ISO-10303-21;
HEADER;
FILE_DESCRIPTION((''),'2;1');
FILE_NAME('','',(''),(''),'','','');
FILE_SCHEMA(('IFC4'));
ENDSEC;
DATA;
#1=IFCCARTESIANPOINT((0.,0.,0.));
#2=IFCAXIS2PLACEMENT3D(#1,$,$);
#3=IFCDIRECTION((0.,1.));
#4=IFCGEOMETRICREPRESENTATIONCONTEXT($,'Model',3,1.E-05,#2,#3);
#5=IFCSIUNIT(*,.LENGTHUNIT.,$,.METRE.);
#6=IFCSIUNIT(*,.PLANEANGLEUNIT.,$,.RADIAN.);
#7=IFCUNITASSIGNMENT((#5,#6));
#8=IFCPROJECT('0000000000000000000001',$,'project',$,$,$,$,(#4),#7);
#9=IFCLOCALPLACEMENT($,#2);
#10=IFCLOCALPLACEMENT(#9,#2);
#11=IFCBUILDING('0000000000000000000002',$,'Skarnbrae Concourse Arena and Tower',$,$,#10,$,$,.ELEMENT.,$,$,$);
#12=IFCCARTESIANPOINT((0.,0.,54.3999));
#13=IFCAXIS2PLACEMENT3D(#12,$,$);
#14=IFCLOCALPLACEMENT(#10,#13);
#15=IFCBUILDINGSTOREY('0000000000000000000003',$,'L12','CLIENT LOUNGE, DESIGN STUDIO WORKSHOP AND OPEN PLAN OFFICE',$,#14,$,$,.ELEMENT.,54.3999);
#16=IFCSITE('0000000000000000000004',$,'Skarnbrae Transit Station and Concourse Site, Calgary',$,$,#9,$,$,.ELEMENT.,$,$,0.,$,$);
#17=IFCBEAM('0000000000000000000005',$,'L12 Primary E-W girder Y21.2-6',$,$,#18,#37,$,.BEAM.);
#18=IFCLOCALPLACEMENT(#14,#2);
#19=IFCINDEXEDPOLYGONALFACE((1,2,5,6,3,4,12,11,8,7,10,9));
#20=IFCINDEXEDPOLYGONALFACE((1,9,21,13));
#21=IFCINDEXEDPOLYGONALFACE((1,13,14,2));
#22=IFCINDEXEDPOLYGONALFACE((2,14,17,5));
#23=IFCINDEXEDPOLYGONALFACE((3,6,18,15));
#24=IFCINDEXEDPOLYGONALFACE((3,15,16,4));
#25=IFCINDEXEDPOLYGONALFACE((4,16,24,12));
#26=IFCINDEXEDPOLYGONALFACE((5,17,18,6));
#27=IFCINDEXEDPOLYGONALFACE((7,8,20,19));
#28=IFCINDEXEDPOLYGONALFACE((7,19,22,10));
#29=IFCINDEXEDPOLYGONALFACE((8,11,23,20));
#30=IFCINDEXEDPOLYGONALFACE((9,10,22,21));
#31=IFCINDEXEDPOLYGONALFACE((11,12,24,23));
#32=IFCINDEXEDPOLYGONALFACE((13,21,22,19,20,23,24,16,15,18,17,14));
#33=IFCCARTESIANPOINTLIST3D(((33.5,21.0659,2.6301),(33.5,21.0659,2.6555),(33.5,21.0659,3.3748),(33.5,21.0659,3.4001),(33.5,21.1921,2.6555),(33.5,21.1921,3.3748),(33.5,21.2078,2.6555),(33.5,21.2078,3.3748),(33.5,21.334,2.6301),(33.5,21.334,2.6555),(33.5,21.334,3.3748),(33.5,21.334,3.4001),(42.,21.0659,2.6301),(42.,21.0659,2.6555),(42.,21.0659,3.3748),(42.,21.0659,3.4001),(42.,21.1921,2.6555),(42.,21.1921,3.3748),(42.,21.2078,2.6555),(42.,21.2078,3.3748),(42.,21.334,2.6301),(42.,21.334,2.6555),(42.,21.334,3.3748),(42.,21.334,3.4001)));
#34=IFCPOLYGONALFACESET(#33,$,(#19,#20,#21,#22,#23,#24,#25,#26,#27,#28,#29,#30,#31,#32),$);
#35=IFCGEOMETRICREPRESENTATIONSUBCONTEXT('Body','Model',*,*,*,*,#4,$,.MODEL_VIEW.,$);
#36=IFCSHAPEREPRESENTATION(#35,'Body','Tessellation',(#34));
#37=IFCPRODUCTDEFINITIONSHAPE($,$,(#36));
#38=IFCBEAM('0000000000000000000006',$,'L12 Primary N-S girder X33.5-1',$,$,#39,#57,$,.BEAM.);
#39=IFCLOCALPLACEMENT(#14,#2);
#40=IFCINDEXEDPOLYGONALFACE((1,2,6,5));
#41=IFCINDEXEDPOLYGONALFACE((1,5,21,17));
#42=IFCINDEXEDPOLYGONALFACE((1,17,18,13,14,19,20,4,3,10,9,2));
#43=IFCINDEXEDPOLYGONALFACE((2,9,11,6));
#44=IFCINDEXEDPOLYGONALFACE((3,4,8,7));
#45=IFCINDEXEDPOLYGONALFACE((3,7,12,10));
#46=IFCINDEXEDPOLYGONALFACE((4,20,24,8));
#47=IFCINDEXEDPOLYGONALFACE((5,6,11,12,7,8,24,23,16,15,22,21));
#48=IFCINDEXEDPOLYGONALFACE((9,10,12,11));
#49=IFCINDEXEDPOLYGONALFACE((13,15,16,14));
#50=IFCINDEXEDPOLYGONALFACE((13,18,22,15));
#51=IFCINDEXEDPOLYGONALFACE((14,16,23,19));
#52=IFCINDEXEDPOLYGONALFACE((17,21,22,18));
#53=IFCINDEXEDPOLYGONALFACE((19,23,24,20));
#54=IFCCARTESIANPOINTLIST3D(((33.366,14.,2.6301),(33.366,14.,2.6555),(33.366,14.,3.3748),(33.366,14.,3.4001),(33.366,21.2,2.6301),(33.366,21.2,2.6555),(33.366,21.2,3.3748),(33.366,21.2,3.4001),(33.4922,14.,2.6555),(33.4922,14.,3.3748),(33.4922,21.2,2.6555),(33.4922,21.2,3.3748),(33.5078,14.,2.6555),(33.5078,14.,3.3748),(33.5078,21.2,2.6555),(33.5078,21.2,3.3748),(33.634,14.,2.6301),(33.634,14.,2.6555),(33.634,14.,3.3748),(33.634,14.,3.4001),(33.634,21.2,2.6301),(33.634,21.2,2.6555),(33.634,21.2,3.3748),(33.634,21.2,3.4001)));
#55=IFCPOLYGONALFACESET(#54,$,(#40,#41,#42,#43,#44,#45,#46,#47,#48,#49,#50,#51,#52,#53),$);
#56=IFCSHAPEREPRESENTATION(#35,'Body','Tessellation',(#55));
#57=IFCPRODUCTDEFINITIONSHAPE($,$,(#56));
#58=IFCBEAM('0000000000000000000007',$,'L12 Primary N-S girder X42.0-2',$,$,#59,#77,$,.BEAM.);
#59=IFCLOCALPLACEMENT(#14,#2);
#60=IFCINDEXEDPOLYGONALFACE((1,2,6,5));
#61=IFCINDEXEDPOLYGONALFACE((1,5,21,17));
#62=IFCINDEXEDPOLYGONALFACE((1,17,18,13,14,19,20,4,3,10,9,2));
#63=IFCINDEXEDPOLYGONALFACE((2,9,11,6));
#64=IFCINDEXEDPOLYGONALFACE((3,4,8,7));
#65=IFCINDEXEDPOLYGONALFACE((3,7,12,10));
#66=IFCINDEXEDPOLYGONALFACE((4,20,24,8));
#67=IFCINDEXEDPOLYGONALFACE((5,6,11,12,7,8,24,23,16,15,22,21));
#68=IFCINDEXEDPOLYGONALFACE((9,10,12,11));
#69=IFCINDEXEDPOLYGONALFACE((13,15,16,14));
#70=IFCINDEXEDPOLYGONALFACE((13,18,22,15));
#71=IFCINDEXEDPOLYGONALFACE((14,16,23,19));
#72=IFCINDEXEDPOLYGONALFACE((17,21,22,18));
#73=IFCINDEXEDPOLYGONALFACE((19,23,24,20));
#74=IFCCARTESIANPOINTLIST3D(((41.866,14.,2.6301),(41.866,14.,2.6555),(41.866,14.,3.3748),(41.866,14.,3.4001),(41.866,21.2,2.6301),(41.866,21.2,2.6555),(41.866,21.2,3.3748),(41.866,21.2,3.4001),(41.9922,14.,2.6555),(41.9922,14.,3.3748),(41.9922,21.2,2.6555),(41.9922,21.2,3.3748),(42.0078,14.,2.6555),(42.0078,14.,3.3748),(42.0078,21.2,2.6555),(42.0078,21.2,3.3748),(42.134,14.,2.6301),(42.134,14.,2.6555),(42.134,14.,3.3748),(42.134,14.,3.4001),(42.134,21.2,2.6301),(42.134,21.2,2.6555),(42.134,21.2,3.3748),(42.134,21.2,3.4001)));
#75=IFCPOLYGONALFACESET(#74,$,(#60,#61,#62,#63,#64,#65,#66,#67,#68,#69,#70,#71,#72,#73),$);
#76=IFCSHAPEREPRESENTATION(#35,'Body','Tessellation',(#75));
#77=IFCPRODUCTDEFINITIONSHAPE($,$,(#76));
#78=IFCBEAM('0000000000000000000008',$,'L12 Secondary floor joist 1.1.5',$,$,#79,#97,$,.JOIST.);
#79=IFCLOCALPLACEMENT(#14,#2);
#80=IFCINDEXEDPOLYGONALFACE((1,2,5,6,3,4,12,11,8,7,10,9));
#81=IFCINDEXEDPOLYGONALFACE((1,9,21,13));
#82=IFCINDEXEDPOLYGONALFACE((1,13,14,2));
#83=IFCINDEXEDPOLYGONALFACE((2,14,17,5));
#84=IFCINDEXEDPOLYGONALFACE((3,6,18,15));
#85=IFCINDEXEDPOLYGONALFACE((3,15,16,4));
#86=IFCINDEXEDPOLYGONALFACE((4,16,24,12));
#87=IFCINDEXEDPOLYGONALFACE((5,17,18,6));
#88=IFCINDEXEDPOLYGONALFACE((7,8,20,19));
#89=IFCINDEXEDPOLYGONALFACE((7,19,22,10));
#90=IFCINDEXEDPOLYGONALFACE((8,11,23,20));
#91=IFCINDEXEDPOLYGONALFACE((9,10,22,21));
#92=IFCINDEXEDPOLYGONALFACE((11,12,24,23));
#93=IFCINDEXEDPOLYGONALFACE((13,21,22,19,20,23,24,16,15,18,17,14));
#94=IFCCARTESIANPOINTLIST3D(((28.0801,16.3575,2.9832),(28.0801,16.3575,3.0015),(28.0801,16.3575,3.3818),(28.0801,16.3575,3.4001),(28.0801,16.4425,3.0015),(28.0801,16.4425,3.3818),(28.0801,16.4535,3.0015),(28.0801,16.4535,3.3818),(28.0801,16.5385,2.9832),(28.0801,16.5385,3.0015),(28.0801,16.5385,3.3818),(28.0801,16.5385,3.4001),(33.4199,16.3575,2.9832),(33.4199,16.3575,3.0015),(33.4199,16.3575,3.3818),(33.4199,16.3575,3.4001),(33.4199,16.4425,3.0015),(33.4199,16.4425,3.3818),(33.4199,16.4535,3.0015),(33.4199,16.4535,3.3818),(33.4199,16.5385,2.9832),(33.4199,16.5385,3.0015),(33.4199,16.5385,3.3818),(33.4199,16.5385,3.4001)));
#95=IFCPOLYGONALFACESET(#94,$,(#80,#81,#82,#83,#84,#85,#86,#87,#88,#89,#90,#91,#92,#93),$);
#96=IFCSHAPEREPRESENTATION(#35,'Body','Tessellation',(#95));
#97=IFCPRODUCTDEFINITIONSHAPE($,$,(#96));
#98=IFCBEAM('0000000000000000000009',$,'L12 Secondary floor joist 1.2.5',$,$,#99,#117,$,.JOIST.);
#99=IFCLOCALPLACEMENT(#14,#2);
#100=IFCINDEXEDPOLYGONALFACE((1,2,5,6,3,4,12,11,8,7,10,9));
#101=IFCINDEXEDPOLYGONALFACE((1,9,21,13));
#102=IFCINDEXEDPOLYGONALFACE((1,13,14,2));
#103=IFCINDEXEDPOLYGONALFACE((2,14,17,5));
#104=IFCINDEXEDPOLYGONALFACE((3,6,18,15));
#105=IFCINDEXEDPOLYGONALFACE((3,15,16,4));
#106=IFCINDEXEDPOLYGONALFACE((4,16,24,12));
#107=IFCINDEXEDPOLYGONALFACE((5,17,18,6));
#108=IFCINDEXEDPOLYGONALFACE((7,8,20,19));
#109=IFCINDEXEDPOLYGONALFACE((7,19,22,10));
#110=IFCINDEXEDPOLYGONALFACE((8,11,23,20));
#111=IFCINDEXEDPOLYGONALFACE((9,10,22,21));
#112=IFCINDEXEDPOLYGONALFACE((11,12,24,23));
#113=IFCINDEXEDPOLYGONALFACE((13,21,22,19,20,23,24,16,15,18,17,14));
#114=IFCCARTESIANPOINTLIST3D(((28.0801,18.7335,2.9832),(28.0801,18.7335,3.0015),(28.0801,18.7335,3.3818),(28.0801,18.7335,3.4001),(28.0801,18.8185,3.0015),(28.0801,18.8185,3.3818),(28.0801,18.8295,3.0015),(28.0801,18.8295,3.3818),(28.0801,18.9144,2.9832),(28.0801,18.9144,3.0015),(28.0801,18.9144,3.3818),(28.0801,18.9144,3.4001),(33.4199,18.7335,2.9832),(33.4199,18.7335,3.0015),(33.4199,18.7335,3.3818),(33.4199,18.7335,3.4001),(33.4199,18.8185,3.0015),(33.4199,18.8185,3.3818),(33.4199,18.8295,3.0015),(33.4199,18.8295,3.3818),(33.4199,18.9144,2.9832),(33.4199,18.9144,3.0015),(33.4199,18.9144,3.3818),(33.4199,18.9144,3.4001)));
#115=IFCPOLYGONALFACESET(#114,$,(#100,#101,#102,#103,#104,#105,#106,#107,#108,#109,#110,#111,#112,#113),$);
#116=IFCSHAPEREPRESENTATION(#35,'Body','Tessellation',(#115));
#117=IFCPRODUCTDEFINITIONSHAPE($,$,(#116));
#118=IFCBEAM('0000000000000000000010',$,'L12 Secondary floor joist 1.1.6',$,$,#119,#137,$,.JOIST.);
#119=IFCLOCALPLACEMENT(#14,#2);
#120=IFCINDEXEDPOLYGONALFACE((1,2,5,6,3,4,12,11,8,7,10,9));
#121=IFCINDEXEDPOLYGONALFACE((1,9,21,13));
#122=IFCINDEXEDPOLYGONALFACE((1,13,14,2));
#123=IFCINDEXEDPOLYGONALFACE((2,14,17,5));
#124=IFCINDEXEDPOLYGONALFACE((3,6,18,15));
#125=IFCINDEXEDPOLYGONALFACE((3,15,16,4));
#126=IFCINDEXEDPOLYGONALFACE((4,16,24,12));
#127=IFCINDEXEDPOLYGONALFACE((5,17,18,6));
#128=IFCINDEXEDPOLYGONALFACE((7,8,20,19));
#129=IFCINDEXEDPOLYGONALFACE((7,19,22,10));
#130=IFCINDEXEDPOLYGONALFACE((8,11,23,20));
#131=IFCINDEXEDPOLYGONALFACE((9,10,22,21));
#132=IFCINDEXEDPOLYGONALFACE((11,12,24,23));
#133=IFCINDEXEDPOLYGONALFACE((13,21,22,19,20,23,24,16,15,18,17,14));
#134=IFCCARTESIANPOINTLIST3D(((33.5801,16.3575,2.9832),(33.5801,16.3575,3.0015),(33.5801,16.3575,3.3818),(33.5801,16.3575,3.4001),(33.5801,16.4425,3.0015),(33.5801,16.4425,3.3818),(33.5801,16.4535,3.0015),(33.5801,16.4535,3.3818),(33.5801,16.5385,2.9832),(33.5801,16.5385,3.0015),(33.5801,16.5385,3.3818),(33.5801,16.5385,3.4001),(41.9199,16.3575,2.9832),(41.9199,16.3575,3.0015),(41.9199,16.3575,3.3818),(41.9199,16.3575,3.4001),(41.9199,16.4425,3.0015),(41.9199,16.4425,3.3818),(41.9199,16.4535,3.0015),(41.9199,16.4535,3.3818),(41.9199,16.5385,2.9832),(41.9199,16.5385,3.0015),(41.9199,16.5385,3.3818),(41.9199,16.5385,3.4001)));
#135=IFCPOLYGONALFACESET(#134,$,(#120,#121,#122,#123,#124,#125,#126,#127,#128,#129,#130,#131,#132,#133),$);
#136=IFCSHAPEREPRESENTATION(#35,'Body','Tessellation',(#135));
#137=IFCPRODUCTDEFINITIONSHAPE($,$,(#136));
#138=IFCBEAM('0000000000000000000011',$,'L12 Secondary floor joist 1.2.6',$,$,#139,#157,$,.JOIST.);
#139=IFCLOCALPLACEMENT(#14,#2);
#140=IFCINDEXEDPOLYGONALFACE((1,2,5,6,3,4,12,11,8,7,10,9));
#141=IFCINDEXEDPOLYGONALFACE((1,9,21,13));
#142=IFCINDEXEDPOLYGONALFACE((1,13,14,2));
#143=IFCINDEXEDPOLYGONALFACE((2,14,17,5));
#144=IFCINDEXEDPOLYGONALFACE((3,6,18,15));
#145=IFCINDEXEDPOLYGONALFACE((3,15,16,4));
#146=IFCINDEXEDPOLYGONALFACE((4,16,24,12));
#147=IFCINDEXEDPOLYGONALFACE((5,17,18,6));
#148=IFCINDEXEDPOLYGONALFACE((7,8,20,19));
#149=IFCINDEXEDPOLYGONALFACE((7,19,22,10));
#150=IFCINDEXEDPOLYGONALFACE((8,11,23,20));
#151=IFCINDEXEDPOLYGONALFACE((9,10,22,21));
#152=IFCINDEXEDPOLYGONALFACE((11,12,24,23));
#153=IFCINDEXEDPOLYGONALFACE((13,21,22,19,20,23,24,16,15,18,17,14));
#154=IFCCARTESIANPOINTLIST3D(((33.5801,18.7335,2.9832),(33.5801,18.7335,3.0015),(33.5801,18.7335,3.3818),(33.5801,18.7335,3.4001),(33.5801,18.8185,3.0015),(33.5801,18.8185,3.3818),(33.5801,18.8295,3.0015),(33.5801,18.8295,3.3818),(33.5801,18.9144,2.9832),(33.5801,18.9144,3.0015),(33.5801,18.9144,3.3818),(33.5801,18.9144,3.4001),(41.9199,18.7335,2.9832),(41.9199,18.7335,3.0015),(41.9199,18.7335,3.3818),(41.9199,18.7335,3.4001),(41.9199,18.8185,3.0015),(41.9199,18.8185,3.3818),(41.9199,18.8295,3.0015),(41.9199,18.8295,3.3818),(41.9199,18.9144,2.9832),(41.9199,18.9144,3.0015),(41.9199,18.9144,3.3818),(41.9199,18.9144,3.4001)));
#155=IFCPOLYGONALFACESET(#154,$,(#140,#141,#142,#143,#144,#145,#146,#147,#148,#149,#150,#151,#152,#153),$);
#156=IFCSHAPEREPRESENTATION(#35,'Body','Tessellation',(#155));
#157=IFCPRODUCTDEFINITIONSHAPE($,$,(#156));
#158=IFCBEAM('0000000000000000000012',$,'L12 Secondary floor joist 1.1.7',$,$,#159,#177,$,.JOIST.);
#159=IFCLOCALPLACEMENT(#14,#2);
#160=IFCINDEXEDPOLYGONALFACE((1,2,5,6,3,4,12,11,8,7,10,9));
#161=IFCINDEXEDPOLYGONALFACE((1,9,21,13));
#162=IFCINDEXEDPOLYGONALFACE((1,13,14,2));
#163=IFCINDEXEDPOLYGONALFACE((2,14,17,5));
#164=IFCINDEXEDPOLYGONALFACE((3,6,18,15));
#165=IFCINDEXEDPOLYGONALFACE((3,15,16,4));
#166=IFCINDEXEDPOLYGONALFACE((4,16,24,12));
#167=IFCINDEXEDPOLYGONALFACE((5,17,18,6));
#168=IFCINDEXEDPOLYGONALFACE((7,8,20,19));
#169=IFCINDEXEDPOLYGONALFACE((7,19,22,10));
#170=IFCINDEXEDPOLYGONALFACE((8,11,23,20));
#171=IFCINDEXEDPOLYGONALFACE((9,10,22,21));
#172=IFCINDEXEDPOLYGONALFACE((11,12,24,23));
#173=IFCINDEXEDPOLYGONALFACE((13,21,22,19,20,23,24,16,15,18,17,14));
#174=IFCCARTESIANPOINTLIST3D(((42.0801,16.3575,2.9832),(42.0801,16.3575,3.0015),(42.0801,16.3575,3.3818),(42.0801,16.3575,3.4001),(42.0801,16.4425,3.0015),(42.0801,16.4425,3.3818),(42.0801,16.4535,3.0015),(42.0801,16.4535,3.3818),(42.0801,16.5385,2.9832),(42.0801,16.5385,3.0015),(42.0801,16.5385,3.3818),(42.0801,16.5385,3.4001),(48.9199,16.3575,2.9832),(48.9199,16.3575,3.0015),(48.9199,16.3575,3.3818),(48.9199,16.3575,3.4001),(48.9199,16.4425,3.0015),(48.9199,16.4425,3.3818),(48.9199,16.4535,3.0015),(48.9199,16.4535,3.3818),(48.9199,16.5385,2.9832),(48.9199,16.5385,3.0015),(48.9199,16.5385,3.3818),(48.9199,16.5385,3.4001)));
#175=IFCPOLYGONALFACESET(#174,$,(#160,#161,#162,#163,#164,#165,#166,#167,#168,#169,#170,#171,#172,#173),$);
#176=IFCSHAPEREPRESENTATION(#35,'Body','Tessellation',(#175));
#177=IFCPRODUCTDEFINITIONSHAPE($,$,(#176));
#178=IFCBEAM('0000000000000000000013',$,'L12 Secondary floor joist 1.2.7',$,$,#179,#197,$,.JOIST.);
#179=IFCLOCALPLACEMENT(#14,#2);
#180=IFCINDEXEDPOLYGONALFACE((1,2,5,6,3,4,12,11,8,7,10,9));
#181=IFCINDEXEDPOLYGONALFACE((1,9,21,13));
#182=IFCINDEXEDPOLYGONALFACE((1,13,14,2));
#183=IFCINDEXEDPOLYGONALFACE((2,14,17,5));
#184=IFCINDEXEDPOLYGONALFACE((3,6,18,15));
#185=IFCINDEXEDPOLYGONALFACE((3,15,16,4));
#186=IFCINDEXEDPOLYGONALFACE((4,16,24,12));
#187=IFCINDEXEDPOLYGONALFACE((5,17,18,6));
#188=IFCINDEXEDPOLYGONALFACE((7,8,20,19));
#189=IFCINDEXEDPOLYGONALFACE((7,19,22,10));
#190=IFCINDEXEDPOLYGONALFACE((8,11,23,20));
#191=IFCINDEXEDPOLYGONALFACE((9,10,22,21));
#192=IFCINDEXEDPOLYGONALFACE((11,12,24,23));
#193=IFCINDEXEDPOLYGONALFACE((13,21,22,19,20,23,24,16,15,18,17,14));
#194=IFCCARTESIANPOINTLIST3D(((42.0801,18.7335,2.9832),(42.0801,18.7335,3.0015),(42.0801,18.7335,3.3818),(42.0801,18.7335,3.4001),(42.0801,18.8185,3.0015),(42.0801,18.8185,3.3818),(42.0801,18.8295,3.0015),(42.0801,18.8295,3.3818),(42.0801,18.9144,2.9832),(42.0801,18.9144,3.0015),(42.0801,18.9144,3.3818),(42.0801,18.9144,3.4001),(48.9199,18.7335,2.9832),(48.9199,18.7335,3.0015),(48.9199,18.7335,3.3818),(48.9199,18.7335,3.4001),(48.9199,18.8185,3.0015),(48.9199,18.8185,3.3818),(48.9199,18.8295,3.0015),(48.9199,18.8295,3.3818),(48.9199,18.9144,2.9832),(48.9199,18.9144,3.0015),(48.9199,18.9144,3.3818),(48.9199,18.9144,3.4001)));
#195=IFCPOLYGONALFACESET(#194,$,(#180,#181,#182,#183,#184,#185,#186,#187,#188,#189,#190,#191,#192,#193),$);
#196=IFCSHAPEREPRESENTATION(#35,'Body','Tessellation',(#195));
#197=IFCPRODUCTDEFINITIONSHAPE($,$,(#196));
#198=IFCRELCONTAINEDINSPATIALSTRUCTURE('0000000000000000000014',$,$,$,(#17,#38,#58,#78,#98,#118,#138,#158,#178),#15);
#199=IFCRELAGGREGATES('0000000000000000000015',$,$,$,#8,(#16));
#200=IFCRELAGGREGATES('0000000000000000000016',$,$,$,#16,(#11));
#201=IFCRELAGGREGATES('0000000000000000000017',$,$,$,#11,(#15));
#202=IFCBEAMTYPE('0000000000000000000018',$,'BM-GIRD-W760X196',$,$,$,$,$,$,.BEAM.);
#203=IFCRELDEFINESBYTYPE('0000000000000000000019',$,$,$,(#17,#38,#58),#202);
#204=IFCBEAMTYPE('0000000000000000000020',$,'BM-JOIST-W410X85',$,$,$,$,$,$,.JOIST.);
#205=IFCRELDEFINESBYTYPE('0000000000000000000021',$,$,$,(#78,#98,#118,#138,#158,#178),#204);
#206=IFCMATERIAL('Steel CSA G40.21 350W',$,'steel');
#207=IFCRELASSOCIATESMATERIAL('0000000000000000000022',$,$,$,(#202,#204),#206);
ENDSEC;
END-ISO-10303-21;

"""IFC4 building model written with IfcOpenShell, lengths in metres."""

from ifc_helpers import new_model, si_unit, direction, frame, origin, origin_2d, place, context, subcontext, project, spatial, i_section, extrude, source, transform, mapped, material, material_profile, profile_set, type_object, element, save


model = new_model("IFC4")

# Units and contexts
model_context = context("Model", 3, precision=1e-05, world=origin(), true_north=direction((0.0, 1.0)))
body_context = subcontext(model_context, "Body", "Model", "MODEL_VIEW")
ifc_project = project(units=[si_unit("LENGTHUNIT", "METRE"), si_unit("PLANEANGLEUNIT", "RADIAN")], contexts=[model_context])

# Site, building, storey
site_placement = place(None, origin())
site = spatial("IfcSite", under=ifc_project, at=site_placement, Name="Skarnbrae Transit Station and Concourse Site, Calgary", CompositionType="ELEMENT", RefElevation=0.0)
building_placement = place(site_placement, origin())
building = spatial("IfcBuilding", under=site, at=building_placement, Name="Skarnbrae Concourse Arena and Tower", CompositionType="ELEMENT")
storey_placement = place(building_placement, frame((0.0, 0.0, 54.3999)))
storey = spatial("IfcBuildingStorey", under=building, at=storey_placement, Name="L12", Description="CLIENT LOUNGE, DESIGN STUDIO WORKSHOP AND OPEN PLAN OFFICE", CompositionType="ELEMENT", Elevation=54.3999)

# Shared definitions
ifc_material_1 = material(Name="Steel CSA G40.21 350W", Category="steel")

# Beams
ifc_material_profile_1 = material_profile(ifc_material_1, i_section(OverallWidth=0.2681, OverallDepth=0.77, WebThickness=0.0156, FlangeThickness=0.0254, at=origin_2d()), Name="W760X196")
ifc_profile_set_1 = profile_set([ifc_material_profile_1], Name="Steel CSA G40.21 350W")
beam_type_1 = type_object("IfcBeamType", Name="BM-GIRD-W760X196", PredefinedType="BEAM", material=ifc_profile_set_1)
shared_shape_1 = source(origin(), body_context, "Body", "SweptSolid", [
    extrude(i_section(OverallWidth=0.2681, OverallDepth=0.77, WebThickness=0.0156, FlangeThickness=0.0254, at=origin_2d()), origin(), (0.0, 0.0, 1.0), 8.5),
])
for number, where, z_axis, x_axis, name in (
    (1, (33.5, 21.2, 3.0151), (1.0, 0.0, 0.0), (0.0, 1.0, 0.0), "L12 Primary E-W girder Y21.2-6"),
):
    element("IfcBeam", number, at=place(storey_placement, frame(where, z_axis=z_axis, x_axis=x_axis)), inside=storey, type_object=beam_type_1, Name=name, PredefinedType="BEAM", context=body_context, shape_type="MappedRepresentation", body=[
        mapped(shared_shape_1, transform((0.0, 0.0, 0.0))),
    ])
shared_shape_2 = source(origin(), body_context, "Body", "SweptSolid", [
    extrude(i_section(OverallWidth=0.2681, OverallDepth=0.77, WebThickness=0.0156, FlangeThickness=0.0254, at=origin_2d()), origin(), (0.0, 0.0, 1.0), 7.2),
])
for number, where, z_axis, x_axis, name in (
    (2, (33.5, 14.0, 3.0151), (0.0, 1.0, 0.0), (-1.0, 0.0, 0.0), "L12 Primary N-S girder X33.5-1"),
    (3, (42.0, 14.0, 3.0151), (0.0, 1.0, 0.0), (-1.0, 0.0, 0.0), "L12 Primary N-S girder X42.0-2"),
):
    element("IfcBeam", number, at=place(storey_placement, frame(where, z_axis=z_axis, x_axis=x_axis)), inside=storey, type_object=beam_type_1, Name=name, PredefinedType="BEAM", context=body_context, shape_type="MappedRepresentation", body=[
        mapped(shared_shape_2, transform((0.0, 0.0, 0.0))),
    ])
ifc_material_profile_2 = material_profile(ifc_material_1, i_section(OverallWidth=0.1809, OverallDepth=0.417, WebThickness=0.011, FlangeThickness=0.0183, at=origin_2d()), Name="W410X85")
ifc_profile_set_2 = profile_set([ifc_material_profile_2], Name="Steel CSA G40.21 350W")
beam_type_2 = type_object("IfcBeamType", Name="BM-JOIST-W410X85", PredefinedType="JOIST", material=ifc_profile_set_2)
shared_shape_3 = source(origin(), body_context, "Body", "SweptSolid", [
    extrude(i_section(OverallWidth=0.1809, OverallDepth=0.417, WebThickness=0.011, FlangeThickness=0.0183, at=origin_2d()), origin(), (0.0, 0.0, 1.0), 5.3398),
])
for number, where, z_axis, x_axis, name in (
    (4, (28.0801, 16.448, 3.1917), (1.0, 0.0, 0.0), (0.0, 1.0, 0.0), "L12 Secondary floor joist 1.1.5"),
    (5, (28.0801, 18.824, 3.1917), (1.0, 0.0, 0.0), (0.0, 1.0, 0.0), "L12 Secondary floor joist 1.2.5"),
):
    element("IfcBeam", number, at=place(storey_placement, frame(where, z_axis=z_axis, x_axis=x_axis)), inside=storey, type_object=beam_type_2, Name=name, PredefinedType="JOIST", context=body_context, shape_type="MappedRepresentation", body=[
        mapped(shared_shape_3, transform((0.0, 0.0, 0.0))),
    ])
shared_shape_4 = source(origin(), body_context, "Body", "SweptSolid", [
    extrude(i_section(OverallWidth=0.1809, OverallDepth=0.417, WebThickness=0.011, FlangeThickness=0.0183, at=origin_2d()), origin(), (0.0, 0.0, 1.0), 8.3398),
])
for number, where, z_axis, x_axis, name in (
    (6, (33.5801, 16.448, 3.1917), (1.0, 0.0, 0.0), (0.0, 1.0, 0.0), "L12 Secondary floor joist 1.1.6"),
    (7, (33.5801, 18.824, 3.1917), (1.0, 0.0, 0.0), (0.0, 1.0, 0.0), "L12 Secondary floor joist 1.2.6"),
):
    element("IfcBeam", number, at=place(storey_placement, frame(where, z_axis=z_axis, x_axis=x_axis)), inside=storey, type_object=beam_type_2, Name=name, PredefinedType="JOIST", context=body_context, shape_type="MappedRepresentation", body=[
        mapped(shared_shape_4, transform((0.0, 0.0, 0.0))),
    ])
shared_shape_5 = source(origin(), body_context, "Body", "SweptSolid", [
    extrude(i_section(OverallWidth=0.1809, OverallDepth=0.417, WebThickness=0.011, FlangeThickness=0.0183, at=origin_2d()), origin(), (0.0, 0.0, 1.0), 6.8398),
])
for number, where, z_axis, x_axis, name in (
    (8, (42.0801, 16.448, 3.1917), (1.0, 0.0, 0.0), (0.0, 1.0, 0.0), "L12 Secondary floor joist 1.1.7"),
    (9, (42.0801, 18.824, 3.1917), (1.0, 0.0, 0.0), (0.0, 1.0, 0.0), "L12 Secondary floor joist 1.2.7"),
):
    element("IfcBeam", number, at=place(storey_placement, frame(where, z_axis=z_axis, x_axis=x_axis)), inside=storey, type_object=beam_type_2, Name=name, PredefinedType="JOIST", context=body_context, shape_type="MappedRepresentation", body=[
        mapped(shared_shape_5, transform((0.0, 0.0, 0.0))),
    ])

save(model, "model.ifc")
